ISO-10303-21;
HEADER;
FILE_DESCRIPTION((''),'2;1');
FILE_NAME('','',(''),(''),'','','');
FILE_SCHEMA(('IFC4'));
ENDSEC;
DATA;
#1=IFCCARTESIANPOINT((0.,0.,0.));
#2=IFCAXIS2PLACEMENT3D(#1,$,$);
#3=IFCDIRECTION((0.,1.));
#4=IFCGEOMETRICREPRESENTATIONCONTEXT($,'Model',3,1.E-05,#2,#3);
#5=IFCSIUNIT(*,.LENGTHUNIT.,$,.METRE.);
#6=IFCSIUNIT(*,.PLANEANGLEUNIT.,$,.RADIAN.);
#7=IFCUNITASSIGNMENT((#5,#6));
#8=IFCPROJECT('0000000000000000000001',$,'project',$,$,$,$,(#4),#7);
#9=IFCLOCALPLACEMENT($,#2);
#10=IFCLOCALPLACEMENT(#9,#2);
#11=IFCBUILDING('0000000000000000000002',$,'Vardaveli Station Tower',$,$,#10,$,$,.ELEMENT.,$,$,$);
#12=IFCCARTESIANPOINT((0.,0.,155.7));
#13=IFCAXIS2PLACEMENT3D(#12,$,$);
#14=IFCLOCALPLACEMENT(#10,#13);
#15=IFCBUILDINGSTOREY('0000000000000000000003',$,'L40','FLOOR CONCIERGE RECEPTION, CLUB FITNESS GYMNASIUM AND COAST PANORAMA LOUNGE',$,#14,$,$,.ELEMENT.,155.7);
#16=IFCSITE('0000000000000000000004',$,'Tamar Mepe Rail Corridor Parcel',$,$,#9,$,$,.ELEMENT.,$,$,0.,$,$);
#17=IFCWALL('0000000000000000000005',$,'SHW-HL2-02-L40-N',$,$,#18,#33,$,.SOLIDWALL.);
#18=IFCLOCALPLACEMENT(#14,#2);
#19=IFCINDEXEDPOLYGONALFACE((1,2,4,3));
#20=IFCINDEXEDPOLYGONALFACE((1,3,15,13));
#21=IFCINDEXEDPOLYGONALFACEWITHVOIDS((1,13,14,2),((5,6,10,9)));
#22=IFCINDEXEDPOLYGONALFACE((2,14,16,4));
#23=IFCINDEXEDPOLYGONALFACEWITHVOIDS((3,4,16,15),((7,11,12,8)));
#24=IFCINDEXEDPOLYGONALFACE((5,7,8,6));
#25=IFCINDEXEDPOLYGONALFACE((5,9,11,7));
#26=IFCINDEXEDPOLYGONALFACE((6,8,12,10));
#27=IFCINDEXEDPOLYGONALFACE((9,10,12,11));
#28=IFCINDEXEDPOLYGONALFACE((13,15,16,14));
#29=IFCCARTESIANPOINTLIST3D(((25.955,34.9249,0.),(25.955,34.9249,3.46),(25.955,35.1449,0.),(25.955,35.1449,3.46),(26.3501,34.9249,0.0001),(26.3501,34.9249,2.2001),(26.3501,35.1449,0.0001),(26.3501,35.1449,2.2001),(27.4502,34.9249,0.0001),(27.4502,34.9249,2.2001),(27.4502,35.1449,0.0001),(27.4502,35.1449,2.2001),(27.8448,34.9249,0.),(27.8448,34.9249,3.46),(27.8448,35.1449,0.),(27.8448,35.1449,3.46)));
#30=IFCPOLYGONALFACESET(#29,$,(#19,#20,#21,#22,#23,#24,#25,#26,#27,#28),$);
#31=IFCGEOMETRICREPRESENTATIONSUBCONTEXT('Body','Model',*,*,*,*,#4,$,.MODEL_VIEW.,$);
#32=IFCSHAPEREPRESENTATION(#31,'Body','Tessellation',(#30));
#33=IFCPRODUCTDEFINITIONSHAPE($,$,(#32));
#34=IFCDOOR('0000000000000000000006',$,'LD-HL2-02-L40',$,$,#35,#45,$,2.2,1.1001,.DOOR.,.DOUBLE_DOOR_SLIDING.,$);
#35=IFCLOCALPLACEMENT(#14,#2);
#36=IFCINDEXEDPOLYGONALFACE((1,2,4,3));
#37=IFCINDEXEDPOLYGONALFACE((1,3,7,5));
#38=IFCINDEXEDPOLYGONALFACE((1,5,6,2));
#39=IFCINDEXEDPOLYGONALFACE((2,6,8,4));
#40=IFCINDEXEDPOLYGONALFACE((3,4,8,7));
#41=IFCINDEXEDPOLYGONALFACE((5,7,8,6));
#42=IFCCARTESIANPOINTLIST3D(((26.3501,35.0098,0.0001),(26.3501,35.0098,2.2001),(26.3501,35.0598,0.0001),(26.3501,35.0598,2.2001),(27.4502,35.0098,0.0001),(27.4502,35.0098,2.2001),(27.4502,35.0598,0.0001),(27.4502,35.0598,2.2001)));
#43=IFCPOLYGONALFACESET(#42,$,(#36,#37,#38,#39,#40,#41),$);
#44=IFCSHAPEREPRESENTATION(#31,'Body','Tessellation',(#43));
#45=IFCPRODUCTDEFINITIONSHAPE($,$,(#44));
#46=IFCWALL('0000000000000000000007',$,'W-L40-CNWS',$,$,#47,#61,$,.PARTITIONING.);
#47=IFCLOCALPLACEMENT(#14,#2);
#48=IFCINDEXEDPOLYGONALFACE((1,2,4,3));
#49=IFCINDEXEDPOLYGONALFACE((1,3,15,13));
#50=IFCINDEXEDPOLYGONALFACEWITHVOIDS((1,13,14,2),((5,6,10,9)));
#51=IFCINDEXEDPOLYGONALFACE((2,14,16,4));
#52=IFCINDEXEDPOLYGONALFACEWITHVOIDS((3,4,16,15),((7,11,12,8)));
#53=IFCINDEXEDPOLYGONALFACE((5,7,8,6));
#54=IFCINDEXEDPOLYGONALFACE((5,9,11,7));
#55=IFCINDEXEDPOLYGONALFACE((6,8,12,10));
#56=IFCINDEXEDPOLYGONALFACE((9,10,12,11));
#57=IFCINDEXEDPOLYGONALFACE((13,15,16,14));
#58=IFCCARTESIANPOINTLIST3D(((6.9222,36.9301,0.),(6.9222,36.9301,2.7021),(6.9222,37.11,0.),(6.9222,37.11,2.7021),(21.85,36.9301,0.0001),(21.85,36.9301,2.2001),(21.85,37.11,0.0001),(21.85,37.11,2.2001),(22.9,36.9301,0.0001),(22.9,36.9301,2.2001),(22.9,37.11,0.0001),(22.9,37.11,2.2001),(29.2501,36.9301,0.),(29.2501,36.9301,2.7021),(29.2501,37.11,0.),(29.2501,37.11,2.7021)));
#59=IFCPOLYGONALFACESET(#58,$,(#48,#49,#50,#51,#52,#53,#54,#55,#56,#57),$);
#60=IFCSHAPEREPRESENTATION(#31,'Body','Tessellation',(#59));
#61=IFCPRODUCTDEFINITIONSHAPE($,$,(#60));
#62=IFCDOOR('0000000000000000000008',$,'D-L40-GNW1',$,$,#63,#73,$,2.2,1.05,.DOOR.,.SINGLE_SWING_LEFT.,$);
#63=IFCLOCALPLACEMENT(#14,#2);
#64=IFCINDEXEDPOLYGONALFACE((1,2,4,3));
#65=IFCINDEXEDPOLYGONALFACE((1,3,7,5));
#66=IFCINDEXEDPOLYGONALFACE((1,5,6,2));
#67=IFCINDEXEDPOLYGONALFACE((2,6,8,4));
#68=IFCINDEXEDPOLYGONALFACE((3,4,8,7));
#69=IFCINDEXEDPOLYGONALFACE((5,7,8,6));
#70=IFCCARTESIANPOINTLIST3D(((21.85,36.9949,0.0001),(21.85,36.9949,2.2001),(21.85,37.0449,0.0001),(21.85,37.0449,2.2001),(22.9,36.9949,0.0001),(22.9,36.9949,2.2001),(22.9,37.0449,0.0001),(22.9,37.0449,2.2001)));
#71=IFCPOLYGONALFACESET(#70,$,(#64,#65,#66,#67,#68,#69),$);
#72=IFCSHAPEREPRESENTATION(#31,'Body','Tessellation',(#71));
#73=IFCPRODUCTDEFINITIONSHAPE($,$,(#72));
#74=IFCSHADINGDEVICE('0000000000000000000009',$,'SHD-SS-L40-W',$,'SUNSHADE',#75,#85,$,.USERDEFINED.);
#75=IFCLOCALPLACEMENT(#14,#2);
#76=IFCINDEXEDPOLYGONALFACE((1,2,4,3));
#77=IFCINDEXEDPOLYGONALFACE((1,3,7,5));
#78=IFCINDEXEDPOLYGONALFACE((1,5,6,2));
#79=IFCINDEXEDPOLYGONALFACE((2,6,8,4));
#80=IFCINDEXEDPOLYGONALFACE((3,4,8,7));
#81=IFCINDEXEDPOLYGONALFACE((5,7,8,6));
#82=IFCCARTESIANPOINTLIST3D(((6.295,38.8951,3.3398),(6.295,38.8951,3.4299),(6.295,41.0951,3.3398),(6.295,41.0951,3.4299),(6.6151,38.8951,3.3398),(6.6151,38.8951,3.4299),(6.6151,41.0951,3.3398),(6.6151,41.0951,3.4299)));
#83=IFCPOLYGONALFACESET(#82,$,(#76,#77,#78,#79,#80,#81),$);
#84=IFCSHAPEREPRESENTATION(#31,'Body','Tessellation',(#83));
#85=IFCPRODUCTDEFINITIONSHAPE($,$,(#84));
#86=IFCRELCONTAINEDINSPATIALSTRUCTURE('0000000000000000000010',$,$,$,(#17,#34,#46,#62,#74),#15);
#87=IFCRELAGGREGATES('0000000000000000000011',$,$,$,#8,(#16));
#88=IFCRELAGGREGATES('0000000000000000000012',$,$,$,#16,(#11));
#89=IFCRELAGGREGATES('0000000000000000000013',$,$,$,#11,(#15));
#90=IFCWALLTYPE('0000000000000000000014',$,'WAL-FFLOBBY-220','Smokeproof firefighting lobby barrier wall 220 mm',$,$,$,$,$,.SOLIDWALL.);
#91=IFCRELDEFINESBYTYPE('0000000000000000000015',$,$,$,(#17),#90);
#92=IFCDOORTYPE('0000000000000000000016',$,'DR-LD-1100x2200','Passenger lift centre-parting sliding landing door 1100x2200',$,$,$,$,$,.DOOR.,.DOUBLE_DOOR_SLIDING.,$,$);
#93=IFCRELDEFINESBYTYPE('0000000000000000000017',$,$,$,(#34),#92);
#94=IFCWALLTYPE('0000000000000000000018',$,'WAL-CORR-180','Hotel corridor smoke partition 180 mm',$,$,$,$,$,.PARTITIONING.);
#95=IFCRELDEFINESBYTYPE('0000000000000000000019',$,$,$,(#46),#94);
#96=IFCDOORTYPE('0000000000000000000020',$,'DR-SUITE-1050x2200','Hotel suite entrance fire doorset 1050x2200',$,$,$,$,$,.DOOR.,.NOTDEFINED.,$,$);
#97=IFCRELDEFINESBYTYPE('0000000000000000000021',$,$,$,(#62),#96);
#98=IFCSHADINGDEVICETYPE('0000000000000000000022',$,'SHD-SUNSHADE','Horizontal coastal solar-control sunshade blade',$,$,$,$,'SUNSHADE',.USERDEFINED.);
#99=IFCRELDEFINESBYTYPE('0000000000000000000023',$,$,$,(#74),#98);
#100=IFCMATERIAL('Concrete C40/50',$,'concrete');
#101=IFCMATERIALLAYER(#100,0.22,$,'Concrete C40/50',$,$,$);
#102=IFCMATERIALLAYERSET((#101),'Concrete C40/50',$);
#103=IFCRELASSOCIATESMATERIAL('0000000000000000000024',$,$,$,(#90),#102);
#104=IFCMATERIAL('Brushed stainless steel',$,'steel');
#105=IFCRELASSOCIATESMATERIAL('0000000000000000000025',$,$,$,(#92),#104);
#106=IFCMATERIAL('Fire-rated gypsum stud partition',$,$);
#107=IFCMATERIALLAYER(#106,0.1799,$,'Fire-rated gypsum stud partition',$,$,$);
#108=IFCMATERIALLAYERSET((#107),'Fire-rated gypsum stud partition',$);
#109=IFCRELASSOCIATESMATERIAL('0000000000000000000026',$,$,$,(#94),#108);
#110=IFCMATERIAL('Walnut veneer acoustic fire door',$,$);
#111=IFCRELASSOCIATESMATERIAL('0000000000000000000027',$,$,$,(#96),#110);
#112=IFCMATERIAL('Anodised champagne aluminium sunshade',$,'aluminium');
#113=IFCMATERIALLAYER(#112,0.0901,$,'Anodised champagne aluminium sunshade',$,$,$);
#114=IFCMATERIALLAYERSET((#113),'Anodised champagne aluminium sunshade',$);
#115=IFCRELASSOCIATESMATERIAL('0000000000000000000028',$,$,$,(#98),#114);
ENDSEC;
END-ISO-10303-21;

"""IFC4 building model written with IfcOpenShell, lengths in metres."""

from ifc_helpers import new_model, si_unit, direction, frame, frame_2d, origin, origin_2d, place, context, subcontext, project, spatial, rectangle, extrude, source, transform, mapped, material, layer, layer_set, type_object, element, fill, save


model = new_model("IFC4")

# Units and contexts
model_context = context("Model", 3, precision=1e-05, world=origin(), true_north=direction((0.0, 1.0)))
body_context = subcontext(model_context, "Body", "Model", "MODEL_VIEW")
ifc_project = project(units=[si_unit("LENGTHUNIT", "METRE"), si_unit("PLANEANGLEUNIT", "RADIAN")], contexts=[model_context])

# Site, building, storey
site_placement = place(None, origin())
site = spatial("IfcSite", under=ifc_project, at=site_placement, Name="Tamar Mepe Rail Corridor Parcel", CompositionType="ELEMENT", RefElevation=0.0)
building_placement = place(site_placement, origin())
building = spatial("IfcBuilding", under=site, at=building_placement, Name="Vardaveli Station Tower", CompositionType="ELEMENT")
storey_placement = place(building_placement, frame((0.0, 0.0, 155.7)))
storey = spatial("IfcBuildingStorey", under=building, at=storey_placement, Name="L40", Description="FLOOR CONCIERGE RECEPTION, CLUB FITNESS GYMNASIUM AND COAST PANORAMA LOUNGE", CompositionType="ELEMENT", Elevation=155.7)

# Walls, openings, doors
ifc_material_1 = material(Name="Concrete C40/50", Category="concrete")
ifc_layer_1 = layer(ifc_material_1, 0.22, Name="Concrete C40/50")
ifc_layer_set_1 = layer_set([ifc_layer_1], Name="Concrete C40/50")
wall_type_1 = type_object("IfcWallType", Name="WAL-FFLOBBY-220", Description="Smokeproof firefighting lobby barrier wall 220 mm", PredefinedType="SOLIDWALL", material=ifc_layer_set_1)
shared_shape_1 = source(origin(), body_context, "Body", "SweptSolid", [
    extrude(rectangle(XDim=1.8899, YDim=0.22, at=frame_2d((0.9448, 0.0))), origin(), (0.0, 0.0, 1.0), 3.46),
])
shared_shape_2 = source(origin(), body_context, "Body", "SweptSolid", [
    extrude(rectangle(XDim=1.1001, YDim=2.2, at=frame_2d((0.55, 1.1001))), frame((0.0, 0.1201, 0.0), z_axis=(0.0, -1.0, 0.0), x_axis=(1.0, 0.0, 0.0)), (0.0, 0.0, 1.0), 0.24),
])
ifc_material_2 = material(Name="Brushed stainless steel", Category="steel")
door_type_1 = type_object("IfcDoorType", Name="DR-LD-1100x2200", Description="Passenger lift centre-parting sliding landing door 1100x2200", OperationType="DOUBLE_DOOR_SLIDING", PredefinedType="DOOR", material=ifc_material_2)
shared_shape_3 = source(origin(), body_context, "Body", "SweptSolid", [
    extrude(rectangle(XDim=1.1001, YDim=2.2, at=frame_2d((0.55, 1.1001))), frame((0.0, 0.0249, 0.0), z_axis=(0.0, -1.0, 0.0), x_axis=(1.0, 0.0, 0.0)), (0.0, 0.0, 1.0), 0.05),
])
wall_1_placement = place(storey_placement, frame((25.9551, 35.0349, 0.0), z_axis=(0.0, 0.0, 1.0), x_axis=(1.0, 0.0, 0.0)))
wall_1 = element("IfcWall", 1, at=wall_1_placement, inside=storey, type_object=wall_type_1, Name="SHW-HL2-02-L40-N", PredefinedType="SOLIDWALL", context=body_context, shape_type="MappedRepresentation", body=[
    mapped(shared_shape_1, transform((0.0, 0.0, 0.0), scale=1.0)),
])
opening_1_placement = place(wall_1_placement, frame((0.395, 0.0, 0.0)))
opening_1 = element("IfcOpeningElement", 2, at=opening_1_placement, cuts=wall_1, PredefinedType="OPENING", context=body_context, shape_type="MappedRepresentation", body=[
    mapped(shared_shape_2, transform((0.0, 0.0, 0.0), scale=1.0)),
])
door_1_placement = place(opening_1_placement, origin())
door_1 = element("IfcDoor", 3, at=door_1_placement, inside=storey, type_object=door_type_1, Name="LD-HL2-02-L40", OperationType="DOUBLE_DOOR_SLIDING", OverallHeight=2.2, OverallWidth=1.1001, PredefinedType="DOOR", context=body_context, shape_type="MappedRepresentation", body=[
    mapped(shared_shape_3, transform((0.0, 0.0, 0.0), scale=1.0)),
])
fill(opening_1, door_1)
ifc_material_3 = material(Name="Fire-rated gypsum stud partition")
ifc_layer_2 = layer(ifc_material_3, 0.1799, Name="Fire-rated gypsum stud partition")
ifc_layer_set_2 = layer_set([ifc_layer_2], Name="Fire-rated gypsum stud partition")
wall_type_2 = type_object("IfcWallType", Name="WAL-CORR-180", Description="Hotel corridor smoke partition 180 mm", PredefinedType="PARTITIONING", material=ifc_layer_set_2)
shared_shape_4 = source(origin(), body_context, "Body", "SweptSolid", [
    extrude(rectangle(XDim=22.3279, YDim=0.1799, at=frame_2d((11.1641, 0.0))), origin(), (0.0, 0.0, 1.0), 2.7021),
])
wall_2_placement = place(storey_placement, frame((6.9221, 37.02, 0.0), z_axis=(0.0, 0.0, 1.0), x_axis=(1.0, 0.0, 0.0)))
wall_2 = element("IfcWall", 4, at=wall_2_placement, inside=storey, type_object=wall_type_2, Name="W-L40-CNWS", PredefinedType="PARTITIONING", context=body_context, shape_type="MappedRepresentation", body=[
    mapped(shared_shape_4, transform((0.0, 0.0, 0.0), scale=1.0)),
])
shared_shape_5 = source(origin(), body_context, "Body", "SweptSolid", [
    extrude(rectangle(XDim=1.05, YDim=2.2, at=frame_2d((0.5249, 1.1001))), frame((0.0, 0.1001, 0.0), z_axis=(0.0, -1.0, 0.0), x_axis=(1.0, 0.0, 0.0)), (0.0, 0.0, 1.0), 0.2),
])
opening_2_placement = place(wall_2_placement, frame((14.928, 0.0, 0.0)))
opening_2 = element("IfcOpeningElement", 5, at=opening_2_placement, cuts=wall_2, PredefinedType="OPENING", context=body_context, shape_type="MappedRepresentation", body=[
    mapped(shared_shape_5, transform((0.0, 0.0, 0.0), scale=1.0)),
])
ifc_material_4 = material(Name="Walnut veneer acoustic fire door")
door_type_2 = type_object("IfcDoorType", Name="DR-SUITE-1050x2200", Description="Hotel suite entrance fire doorset 1050x2200", OperationType="NOTDEFINED", PredefinedType="DOOR", material=ifc_material_4)
shared_shape_6 = source(origin(), body_context, "Body", "SweptSolid", [
    extrude(rectangle(XDim=1.05, YDim=2.2, at=frame_2d((0.5249, 1.1001))), frame((0.0, 0.0249, 0.0), z_axis=(0.0, -1.0, 0.0), x_axis=(1.0, 0.0, 0.0)), (0.0, 0.0, 1.0), 0.05),
])
door_2_placement = place(opening_2_placement, origin())
door_2 = element("IfcDoor", 6, at=door_2_placement, inside=storey, type_object=door_type_2, Name="D-L40-GNW1", OperationType="SINGLE_SWING_LEFT", OverallHeight=2.2, OverallWidth=1.05, PredefinedType="DOOR", context=body_context, shape_type="MappedRepresentation", body=[
    mapped(shared_shape_6, transform((0.0, 0.0, 0.0), scale=1.0)),
])
fill(opening_2, door_2)

# Shading device
ifc_material_5 = material(Name="Anodised champagne aluminium sunshade", Category="aluminium")
ifc_layer_3 = layer(ifc_material_5, 0.0901, Name="Anodised champagne aluminium sunshade")
ifc_layer_set_3 = layer_set([ifc_layer_3], Name="Anodised champagne aluminium sunshade")
shading_device_type = type_object("IfcShadingDeviceType", Name="SHD-SUNSHADE", Description="Horizontal coastal solar-control sunshade blade", ElementType="SUNSHADE", PredefinedType="USERDEFINED", material=ifc_layer_set_3)
shared_shape_7 = source(origin(), body_context, "Body", "SweptSolid", [
    extrude(rectangle(XDim=2.2, YDim=0.3201, at=origin_2d()), origin(), (0.0, 0.0, 1.0), 0.0901),
])
shading_device_placement = place(storey_placement, frame((6.4551, 39.9951, 3.3398), z_axis=(0.0, 0.0, 1.0), x_axis=(0.0, 1.0, 0.0)))
element("IfcShadingDevice", 7, at=shading_device_placement, inside=storey, type_object=shading_device_type, Name="SHD-SS-L40-W", ObjectType="SUNSHADE", PredefinedType="USERDEFINED", context=body_context, shape_type="MappedRepresentation", body=[
    mapped(shared_shape_7, transform((0.0, 0.0, 0.0), scale=1.0)),
])

save(model, "model.ifc")
